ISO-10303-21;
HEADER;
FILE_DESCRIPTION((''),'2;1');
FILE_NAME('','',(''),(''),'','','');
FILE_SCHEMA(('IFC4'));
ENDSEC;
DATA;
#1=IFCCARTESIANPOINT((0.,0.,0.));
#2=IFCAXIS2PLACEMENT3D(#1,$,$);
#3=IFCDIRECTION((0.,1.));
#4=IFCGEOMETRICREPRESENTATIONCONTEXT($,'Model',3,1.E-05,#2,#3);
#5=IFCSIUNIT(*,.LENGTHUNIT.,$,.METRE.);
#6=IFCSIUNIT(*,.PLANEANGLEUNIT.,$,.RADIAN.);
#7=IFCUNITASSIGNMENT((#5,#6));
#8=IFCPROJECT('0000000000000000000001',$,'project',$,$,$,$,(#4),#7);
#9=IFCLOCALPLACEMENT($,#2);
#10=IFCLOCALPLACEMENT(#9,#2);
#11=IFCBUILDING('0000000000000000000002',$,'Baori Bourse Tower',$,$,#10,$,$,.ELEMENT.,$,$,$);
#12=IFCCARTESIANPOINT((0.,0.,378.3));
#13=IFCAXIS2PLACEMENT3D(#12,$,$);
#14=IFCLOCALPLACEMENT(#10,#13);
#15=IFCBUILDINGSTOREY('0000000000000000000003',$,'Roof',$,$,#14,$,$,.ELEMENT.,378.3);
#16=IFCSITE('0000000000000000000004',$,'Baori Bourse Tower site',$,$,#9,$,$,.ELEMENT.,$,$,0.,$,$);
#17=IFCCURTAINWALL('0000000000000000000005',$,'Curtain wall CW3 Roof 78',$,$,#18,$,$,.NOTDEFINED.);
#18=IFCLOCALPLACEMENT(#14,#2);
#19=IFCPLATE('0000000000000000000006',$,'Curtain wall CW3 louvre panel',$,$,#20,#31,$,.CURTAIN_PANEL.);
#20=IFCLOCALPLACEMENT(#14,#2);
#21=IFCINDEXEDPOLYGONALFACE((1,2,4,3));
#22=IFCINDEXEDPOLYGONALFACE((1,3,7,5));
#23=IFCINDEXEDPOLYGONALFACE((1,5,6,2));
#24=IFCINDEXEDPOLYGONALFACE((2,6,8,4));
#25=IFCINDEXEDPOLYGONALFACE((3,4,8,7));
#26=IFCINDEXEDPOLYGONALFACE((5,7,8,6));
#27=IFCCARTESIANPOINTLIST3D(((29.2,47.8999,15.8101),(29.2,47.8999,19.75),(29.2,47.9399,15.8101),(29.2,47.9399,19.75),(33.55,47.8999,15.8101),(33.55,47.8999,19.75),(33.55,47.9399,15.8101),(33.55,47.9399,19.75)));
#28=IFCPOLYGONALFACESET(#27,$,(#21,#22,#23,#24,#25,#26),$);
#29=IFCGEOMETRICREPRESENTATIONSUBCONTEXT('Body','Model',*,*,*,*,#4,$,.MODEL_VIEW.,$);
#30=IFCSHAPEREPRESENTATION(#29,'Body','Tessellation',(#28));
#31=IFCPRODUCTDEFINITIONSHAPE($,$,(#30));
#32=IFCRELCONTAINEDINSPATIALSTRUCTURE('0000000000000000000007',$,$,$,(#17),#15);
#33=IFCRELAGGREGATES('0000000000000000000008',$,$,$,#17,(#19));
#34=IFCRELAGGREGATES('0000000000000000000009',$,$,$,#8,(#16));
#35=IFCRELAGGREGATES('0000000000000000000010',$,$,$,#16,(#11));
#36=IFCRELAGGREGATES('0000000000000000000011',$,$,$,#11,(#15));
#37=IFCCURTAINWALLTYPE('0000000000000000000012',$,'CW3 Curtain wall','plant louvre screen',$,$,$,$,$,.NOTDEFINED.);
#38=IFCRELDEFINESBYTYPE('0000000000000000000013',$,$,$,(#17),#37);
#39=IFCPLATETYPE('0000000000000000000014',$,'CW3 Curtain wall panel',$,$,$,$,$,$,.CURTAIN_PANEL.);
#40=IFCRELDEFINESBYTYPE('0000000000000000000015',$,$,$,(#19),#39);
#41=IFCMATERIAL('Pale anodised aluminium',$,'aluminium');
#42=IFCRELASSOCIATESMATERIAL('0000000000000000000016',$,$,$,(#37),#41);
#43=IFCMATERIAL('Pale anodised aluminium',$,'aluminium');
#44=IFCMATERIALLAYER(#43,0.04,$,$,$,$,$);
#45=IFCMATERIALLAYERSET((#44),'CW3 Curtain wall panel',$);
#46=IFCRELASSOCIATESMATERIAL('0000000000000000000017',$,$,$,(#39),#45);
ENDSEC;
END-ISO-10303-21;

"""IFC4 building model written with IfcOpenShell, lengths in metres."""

from ifc_helpers import new_model, si_unit, direction, frame, origin, origin_2d, place, context, subcontext, project, spatial, rectangle, extrude, material, layer, layer_set, type_object, element, aggregate, save


model = new_model("IFC4")

# Units and contexts
model_context = context("Model", 3, precision=1e-05, world=origin(), true_north=direction((0.0, 1.0)))
body_context = subcontext(model_context, "Body", "Model", "MODEL_VIEW")
ifc_project = project(units=[si_unit("LENGTHUNIT", "METRE"), si_unit("PLANEANGLEUNIT", "RADIAN")], contexts=[model_context])

# Site, building, storey
site_placement = place(None, origin())
site = spatial("IfcSite", under=ifc_project, at=site_placement, Name="Baori Bourse Tower site", CompositionType="ELEMENT", RefElevation=0.0)
building_placement = place(site_placement, origin())
building = spatial("IfcBuilding", under=site, at=building_placement, Name="Baori Bourse Tower", CompositionType="ELEMENT")
storey_placement = place(building_placement, frame((0.0, 0.0, 378.3)))
storey = spatial("IfcBuildingStorey", under=building, at=storey_placement, Name="Roof", CompositionType="ELEMENT", Elevation=378.3)

# Curtain wall
ifc_material_1 = material(Name="Pale anodised aluminium", Category="aluminium")
curtain_wall_type = type_object("IfcCurtainWallType", Name="CW3 Curtain wall", Description="plant louvre screen", PredefinedType="NOTDEFINED", material=ifc_material_1)
curtain_wall_1_placement = place(storey_placement, origin())
curtain_wall_1 = element("IfcCurtainWall", 1, at=curtain_wall_1_placement, inside=storey, type_object=curtain_wall_type, Name="Curtain wall CW3 Roof 78", PredefinedType="NOTDEFINED")

# Plate
ifc_material_2 = material(Name="Pale anodised aluminium", Category="aluminium")
ifc_layer = layer(ifc_material_2, 0.04)
ifc_layer_set = layer_set([ifc_layer], Name="CW3 Curtain wall panel")
plate_type = type_object("IfcPlateType", Name="CW3 Curtain wall panel", PredefinedType="CURTAIN_PANEL", material=ifc_layer_set)
plate_1_placement = place(storey_placement, frame((31.375, 47.9199, 15.8101), z_axis=(0.0, 0.0, 1.0), x_axis=(-1.0, 0.0, 0.0)))
plate_1 = element("IfcPlate", 2, at=plate_1_placement, type_object=plate_type, Name="Curtain wall CW3 louvre panel", PredefinedType="CURTAIN_PANEL", context=body_context, shape_type="SweptSolid", body=[
    extrude(rectangle(XDim=4.3501, YDim=0.04, at=origin_2d()), origin(), (0.0, 0.0, 1.0), 3.9399),
])
aggregate(curtain_wall_1, [plate_1])

save(model, "model.ifc")
